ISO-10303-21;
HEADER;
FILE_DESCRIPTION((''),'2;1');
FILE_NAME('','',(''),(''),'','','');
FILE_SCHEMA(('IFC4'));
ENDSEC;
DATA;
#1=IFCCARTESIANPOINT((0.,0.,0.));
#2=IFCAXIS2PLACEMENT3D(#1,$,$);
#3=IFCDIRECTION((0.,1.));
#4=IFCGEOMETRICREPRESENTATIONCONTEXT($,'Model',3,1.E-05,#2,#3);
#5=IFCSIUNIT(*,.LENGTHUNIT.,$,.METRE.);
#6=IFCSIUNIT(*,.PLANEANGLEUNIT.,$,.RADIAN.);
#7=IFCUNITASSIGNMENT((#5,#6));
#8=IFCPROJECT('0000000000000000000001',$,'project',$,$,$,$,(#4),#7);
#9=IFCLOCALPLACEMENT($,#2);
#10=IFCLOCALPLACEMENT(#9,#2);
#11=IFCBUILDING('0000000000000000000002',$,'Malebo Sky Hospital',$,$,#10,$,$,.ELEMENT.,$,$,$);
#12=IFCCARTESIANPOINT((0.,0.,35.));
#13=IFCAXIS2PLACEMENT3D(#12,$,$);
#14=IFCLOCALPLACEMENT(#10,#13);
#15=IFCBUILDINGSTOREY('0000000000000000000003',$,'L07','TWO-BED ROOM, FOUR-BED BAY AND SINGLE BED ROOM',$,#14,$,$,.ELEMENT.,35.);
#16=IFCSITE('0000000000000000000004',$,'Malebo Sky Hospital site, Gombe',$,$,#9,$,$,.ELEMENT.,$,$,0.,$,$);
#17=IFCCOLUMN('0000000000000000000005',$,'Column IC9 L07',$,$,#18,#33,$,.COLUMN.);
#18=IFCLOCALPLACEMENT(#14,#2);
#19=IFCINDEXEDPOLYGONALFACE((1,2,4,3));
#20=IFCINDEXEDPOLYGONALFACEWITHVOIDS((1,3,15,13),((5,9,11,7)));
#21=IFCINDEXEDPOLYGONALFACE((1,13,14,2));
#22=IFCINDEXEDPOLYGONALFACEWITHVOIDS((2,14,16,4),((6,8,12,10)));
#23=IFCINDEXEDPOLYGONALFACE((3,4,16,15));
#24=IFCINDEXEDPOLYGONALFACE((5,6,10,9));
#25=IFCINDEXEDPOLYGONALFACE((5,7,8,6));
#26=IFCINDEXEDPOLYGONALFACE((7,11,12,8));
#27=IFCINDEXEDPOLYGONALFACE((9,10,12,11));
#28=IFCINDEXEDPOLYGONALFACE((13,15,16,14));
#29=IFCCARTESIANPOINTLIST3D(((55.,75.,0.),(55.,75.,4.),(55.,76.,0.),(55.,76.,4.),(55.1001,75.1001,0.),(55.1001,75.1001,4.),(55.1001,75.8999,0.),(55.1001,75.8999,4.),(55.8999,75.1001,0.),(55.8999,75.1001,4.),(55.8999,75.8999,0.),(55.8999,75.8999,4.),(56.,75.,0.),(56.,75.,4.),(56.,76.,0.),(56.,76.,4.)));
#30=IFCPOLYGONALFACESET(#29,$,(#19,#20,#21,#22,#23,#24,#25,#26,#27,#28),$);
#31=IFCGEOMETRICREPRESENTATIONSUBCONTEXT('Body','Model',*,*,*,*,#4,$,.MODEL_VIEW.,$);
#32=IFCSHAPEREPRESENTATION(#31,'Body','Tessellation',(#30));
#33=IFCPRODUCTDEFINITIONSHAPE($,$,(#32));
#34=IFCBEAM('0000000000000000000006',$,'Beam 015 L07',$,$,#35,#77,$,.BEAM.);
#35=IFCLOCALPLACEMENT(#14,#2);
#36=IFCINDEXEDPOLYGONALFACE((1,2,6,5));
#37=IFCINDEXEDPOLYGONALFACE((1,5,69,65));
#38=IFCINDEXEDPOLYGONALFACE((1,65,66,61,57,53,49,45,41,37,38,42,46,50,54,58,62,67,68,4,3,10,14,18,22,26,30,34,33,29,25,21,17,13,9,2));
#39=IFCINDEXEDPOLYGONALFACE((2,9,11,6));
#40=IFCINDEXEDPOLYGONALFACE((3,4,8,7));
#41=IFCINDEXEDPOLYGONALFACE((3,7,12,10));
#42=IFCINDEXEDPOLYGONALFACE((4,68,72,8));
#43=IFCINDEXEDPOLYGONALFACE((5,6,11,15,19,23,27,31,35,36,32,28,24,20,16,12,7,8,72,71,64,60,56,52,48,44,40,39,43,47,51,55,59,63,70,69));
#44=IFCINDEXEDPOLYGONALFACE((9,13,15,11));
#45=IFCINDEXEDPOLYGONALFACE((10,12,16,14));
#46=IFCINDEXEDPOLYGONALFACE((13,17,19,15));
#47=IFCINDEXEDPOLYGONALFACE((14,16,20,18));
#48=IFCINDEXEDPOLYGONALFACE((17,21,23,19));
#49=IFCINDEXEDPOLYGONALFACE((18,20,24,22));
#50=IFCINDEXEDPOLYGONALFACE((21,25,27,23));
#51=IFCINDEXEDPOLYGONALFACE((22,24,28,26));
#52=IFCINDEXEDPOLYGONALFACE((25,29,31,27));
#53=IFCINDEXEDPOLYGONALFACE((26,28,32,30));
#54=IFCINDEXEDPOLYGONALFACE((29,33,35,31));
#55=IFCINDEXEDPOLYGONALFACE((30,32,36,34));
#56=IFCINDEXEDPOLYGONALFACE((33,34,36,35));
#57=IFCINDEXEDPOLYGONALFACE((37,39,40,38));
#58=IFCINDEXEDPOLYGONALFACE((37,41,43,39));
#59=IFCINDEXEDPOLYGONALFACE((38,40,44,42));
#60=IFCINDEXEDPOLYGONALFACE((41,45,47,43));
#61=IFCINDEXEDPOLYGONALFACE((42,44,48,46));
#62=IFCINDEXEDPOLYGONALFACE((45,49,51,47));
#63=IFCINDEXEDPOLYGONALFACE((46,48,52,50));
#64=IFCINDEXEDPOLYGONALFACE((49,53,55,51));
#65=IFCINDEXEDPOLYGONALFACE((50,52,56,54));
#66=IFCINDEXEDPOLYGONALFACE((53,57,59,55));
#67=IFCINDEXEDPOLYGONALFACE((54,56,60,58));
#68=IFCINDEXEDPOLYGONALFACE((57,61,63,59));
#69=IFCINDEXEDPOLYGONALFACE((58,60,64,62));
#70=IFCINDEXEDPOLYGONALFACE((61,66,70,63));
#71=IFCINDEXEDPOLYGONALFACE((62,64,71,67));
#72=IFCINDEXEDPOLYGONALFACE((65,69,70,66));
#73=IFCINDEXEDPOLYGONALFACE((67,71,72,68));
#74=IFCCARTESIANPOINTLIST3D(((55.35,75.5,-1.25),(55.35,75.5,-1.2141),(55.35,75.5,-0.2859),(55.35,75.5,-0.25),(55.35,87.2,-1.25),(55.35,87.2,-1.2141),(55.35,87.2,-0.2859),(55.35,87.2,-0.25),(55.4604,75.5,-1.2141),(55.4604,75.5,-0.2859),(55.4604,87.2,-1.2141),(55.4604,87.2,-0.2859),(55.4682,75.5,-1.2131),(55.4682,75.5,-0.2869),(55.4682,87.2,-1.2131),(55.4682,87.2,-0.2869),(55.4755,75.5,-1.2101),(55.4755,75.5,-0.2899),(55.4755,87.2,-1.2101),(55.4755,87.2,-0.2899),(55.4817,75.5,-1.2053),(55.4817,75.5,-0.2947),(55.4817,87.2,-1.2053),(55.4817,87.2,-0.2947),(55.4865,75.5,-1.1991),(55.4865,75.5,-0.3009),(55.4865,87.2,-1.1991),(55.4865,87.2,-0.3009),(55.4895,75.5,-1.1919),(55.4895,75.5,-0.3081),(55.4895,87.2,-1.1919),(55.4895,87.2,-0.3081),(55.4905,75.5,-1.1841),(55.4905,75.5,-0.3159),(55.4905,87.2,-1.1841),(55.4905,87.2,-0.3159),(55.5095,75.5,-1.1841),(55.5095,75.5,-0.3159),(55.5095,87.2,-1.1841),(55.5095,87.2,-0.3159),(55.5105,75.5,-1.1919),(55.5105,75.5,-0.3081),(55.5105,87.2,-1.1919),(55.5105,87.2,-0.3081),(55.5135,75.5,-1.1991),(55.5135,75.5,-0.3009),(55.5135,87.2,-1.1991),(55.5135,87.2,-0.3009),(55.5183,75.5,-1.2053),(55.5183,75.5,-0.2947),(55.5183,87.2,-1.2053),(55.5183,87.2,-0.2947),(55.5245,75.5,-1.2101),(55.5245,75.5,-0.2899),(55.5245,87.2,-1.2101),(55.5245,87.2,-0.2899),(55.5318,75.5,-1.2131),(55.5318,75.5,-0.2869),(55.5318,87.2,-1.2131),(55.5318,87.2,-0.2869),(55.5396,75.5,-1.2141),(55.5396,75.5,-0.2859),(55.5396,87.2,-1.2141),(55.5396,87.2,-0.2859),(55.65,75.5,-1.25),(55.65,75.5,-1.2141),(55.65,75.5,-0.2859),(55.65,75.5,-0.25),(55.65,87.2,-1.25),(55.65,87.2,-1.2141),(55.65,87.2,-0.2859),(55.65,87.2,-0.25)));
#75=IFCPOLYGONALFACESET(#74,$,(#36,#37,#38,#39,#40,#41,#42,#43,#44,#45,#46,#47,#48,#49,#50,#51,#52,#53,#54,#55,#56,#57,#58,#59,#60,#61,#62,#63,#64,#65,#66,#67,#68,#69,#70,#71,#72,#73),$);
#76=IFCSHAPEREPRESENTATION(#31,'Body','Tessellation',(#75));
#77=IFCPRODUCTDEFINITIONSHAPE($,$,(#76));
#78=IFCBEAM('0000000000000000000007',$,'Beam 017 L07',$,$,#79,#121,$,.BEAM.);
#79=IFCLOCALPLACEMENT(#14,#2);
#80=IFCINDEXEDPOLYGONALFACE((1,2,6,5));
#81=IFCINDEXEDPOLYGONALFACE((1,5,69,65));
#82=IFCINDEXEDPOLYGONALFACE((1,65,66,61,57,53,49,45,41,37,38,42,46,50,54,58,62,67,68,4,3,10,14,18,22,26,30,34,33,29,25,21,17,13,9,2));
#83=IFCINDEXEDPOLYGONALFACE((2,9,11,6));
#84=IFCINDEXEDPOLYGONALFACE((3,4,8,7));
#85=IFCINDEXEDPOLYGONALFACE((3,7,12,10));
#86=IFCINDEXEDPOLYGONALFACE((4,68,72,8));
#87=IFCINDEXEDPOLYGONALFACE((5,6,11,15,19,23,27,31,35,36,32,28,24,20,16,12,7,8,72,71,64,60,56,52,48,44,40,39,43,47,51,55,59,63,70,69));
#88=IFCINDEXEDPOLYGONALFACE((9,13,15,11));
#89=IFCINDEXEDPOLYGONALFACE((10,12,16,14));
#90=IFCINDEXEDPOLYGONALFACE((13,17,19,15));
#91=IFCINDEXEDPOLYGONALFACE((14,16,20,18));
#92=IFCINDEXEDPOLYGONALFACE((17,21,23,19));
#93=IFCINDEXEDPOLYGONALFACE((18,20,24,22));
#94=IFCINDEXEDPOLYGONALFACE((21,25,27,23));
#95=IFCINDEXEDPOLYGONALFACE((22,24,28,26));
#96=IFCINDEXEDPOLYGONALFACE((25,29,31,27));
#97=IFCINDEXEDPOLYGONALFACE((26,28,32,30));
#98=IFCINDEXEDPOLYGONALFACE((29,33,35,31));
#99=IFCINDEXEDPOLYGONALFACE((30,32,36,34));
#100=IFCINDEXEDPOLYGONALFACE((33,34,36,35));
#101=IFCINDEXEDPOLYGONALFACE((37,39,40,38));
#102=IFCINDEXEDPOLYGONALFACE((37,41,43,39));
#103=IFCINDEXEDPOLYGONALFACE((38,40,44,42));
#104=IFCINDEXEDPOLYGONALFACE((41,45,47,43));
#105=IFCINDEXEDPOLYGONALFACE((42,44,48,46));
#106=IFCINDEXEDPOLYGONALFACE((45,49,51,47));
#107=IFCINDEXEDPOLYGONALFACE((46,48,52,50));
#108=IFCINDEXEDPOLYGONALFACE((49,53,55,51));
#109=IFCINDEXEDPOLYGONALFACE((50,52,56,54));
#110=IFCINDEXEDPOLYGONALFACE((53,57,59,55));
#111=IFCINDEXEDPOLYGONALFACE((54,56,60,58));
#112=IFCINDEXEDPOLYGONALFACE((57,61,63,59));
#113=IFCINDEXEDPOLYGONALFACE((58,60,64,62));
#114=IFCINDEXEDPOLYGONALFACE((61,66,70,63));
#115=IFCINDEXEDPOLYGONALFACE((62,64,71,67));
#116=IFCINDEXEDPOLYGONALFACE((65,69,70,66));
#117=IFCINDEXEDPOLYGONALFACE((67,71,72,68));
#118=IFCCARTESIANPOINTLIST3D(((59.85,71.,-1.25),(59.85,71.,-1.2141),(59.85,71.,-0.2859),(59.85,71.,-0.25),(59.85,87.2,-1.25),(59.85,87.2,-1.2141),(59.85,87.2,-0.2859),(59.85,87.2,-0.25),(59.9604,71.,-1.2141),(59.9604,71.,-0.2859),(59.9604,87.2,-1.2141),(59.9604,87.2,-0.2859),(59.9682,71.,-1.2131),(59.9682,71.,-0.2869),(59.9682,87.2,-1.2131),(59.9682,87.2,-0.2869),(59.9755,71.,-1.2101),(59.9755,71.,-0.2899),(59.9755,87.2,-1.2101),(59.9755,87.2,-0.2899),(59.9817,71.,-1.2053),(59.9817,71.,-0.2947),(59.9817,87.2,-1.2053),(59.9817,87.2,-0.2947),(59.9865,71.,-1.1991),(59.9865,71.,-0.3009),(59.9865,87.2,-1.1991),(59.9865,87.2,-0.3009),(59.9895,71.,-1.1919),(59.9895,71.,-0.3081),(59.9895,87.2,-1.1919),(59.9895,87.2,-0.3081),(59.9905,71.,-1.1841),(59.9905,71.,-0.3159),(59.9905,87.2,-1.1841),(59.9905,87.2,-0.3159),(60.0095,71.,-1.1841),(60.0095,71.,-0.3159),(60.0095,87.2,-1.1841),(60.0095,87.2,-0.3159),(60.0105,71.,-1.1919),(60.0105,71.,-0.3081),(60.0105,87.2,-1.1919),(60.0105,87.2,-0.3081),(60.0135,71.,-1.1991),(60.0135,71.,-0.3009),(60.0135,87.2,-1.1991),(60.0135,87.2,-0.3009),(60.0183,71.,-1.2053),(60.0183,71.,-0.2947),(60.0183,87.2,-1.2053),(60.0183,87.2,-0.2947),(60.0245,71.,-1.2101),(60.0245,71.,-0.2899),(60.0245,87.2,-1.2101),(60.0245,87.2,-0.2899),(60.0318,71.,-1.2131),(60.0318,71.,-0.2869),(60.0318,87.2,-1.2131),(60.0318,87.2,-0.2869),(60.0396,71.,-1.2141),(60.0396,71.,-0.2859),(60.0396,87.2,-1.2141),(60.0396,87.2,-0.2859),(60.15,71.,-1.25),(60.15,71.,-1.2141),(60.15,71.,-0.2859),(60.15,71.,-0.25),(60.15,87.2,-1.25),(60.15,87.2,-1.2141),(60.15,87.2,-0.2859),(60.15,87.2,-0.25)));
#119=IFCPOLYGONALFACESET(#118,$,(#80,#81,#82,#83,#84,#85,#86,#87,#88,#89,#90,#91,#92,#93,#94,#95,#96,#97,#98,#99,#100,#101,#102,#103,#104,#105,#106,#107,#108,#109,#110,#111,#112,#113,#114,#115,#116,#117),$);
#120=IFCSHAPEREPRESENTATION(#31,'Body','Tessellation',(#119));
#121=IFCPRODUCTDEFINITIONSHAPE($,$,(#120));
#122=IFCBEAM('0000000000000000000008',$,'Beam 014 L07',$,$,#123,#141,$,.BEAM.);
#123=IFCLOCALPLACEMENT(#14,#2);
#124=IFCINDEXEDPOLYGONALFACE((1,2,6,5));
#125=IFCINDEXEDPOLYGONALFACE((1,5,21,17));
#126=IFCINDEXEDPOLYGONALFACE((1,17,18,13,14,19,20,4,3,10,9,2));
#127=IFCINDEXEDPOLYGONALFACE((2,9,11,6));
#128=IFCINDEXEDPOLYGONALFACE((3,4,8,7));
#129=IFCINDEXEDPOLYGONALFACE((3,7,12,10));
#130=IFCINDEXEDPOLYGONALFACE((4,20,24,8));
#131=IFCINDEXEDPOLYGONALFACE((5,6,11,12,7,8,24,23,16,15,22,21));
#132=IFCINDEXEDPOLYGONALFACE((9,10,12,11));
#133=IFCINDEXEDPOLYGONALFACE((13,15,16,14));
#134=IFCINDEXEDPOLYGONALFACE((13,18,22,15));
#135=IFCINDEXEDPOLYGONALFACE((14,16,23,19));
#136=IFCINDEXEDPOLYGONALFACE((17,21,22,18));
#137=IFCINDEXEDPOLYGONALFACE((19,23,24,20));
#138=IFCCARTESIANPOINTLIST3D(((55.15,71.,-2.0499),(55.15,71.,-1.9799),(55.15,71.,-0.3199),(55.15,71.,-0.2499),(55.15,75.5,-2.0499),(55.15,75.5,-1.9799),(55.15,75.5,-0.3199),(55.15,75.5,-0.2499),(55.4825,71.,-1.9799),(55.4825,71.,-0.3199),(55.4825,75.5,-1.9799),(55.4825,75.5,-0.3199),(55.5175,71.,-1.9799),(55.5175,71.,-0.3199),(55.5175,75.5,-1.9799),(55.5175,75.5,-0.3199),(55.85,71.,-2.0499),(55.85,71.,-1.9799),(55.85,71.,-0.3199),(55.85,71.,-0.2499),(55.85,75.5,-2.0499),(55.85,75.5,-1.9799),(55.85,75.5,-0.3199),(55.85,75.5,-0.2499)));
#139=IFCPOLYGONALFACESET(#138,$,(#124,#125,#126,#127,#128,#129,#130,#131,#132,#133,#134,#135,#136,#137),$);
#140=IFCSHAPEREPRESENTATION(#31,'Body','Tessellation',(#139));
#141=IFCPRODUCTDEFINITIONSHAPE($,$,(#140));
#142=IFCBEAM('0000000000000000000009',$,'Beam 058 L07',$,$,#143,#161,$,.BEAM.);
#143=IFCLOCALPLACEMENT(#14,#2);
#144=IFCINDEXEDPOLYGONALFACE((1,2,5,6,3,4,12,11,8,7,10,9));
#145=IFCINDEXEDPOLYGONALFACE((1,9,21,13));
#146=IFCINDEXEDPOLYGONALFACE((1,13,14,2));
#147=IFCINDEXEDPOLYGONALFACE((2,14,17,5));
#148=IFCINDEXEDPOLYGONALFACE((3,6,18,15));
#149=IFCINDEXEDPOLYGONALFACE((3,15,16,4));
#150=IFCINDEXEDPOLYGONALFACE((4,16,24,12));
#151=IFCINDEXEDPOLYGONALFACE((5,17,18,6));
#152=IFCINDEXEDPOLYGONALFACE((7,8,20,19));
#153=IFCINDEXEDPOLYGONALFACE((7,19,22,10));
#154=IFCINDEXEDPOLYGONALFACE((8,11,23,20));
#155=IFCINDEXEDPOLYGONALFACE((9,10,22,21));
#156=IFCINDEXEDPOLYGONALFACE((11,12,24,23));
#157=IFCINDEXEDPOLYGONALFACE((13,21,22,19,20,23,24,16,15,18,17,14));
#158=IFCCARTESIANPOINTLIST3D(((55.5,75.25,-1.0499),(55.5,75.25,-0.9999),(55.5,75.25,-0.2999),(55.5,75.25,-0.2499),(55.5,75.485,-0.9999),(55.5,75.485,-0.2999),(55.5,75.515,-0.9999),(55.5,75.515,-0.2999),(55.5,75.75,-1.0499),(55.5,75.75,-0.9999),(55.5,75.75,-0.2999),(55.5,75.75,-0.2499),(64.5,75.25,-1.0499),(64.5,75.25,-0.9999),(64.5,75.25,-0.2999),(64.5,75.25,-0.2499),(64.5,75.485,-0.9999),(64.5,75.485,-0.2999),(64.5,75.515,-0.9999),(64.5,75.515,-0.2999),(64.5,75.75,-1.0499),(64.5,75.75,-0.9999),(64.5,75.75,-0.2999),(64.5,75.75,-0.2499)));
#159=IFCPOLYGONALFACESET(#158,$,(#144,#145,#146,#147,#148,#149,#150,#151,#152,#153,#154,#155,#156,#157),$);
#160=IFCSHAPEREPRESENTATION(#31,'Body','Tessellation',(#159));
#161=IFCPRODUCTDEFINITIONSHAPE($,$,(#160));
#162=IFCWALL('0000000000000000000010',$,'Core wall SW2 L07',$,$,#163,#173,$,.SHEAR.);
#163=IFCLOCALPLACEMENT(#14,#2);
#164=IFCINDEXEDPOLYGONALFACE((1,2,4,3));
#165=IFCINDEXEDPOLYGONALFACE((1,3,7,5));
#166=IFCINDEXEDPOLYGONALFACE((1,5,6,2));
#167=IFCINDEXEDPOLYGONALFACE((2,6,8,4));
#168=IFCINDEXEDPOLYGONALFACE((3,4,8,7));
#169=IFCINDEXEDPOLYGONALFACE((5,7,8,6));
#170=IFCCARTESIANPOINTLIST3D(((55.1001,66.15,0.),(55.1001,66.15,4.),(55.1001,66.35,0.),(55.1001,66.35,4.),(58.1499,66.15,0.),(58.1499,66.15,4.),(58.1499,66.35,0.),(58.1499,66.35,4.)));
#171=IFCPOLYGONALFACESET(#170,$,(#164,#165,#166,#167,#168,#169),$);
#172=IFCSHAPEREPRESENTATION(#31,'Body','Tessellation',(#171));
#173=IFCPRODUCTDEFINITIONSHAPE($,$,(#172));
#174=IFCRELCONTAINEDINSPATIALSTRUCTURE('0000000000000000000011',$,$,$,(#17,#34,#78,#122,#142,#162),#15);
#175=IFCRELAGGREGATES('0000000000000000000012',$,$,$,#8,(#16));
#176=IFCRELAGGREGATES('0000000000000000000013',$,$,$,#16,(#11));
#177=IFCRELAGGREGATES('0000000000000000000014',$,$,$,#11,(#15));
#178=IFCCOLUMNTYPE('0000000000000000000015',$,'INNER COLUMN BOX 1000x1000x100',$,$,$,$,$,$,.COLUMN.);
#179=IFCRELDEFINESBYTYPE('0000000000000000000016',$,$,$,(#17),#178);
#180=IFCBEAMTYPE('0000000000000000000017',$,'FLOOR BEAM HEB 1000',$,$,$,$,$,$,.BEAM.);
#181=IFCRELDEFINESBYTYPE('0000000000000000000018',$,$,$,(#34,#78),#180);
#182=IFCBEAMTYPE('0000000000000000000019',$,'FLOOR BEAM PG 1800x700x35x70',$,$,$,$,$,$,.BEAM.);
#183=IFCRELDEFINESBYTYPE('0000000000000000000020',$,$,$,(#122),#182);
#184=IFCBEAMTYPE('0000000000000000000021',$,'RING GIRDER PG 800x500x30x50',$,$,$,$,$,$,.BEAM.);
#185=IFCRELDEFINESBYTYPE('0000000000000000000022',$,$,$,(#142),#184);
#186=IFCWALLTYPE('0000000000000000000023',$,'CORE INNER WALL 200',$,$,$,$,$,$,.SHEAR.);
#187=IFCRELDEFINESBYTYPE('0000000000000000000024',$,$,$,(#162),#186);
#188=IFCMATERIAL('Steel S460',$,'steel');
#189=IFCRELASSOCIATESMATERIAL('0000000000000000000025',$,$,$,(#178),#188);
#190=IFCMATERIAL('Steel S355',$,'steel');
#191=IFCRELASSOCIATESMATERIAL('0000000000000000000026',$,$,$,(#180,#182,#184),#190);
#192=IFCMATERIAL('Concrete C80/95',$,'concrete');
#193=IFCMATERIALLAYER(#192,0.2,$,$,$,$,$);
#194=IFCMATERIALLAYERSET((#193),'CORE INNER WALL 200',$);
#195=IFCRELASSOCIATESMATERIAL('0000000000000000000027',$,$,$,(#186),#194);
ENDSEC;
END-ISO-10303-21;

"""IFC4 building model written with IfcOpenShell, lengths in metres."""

from ifc_helpers import new_model, si_unit, direction, frame, frame_2d, origin, origin_2d, place, context, subcontext, project, spatial, rectangle, hollow_rectangle, i_section, extrude, material, layer, layer_set, material_profile, profile_set, type_object, element, save


model = new_model("IFC4")

# Units and contexts
model_context = context("Model", 3, precision=1e-05, world=origin(), true_north=direction((0.0, 1.0)))
body_context = subcontext(model_context, "Body", "Model", "MODEL_VIEW")
ifc_project = project(units=[si_unit("LENGTHUNIT", "METRE"), si_unit("PLANEANGLEUNIT", "RADIAN")], contexts=[model_context])

# Site, building, storey
site_placement = place(None, origin())
site = spatial("IfcSite", under=ifc_project, at=site_placement, Name="Malebo Sky Hospital site, Gombe", CompositionType="ELEMENT", RefElevation=0.0)
building_placement = place(site_placement, origin())
building = spatial("IfcBuilding", under=site, at=building_placement, Name="Malebo Sky Hospital", CompositionType="ELEMENT")
storey_placement = place(building_placement, frame((0.0, 0.0, 35.0)))
storey = spatial("IfcBuildingStorey", under=building, at=storey_placement, Name="L07", Description="TWO-BED ROOM, FOUR-BED BAY AND SINGLE BED ROOM", CompositionType="ELEMENT", Elevation=35.0)

# Column
ifc_material_1 = material(Name="Steel S460", Category="steel")
ifc_material_profile_1 = material_profile(ifc_material_1, hollow_rectangle(XDim=1.0, YDim=1.0, WallThickness=0.1001, at=origin_2d()), Name="BOX 1000x1000x100")
ifc_profile_set_1 = profile_set([ifc_material_profile_1], Name="Steel S460")
column_type = type_object("IfcColumnType", Name="INNER COLUMN BOX 1000x1000x100", PredefinedType="COLUMN", material=ifc_profile_set_1)
column_placement = place(storey_placement, frame((55.5, 75.5, 0.0), z_axis=(0.0, 0.0, 1.0), x_axis=(1.0, 0.0, 0.0)))
element("IfcColumn", 1, at=column_placement, inside=storey, type_object=column_type, Name="Column IC9 L07", PredefinedType="COLUMN", context=body_context, shape_type="SweptSolid", body=[
    extrude(hollow_rectangle(XDim=1.0, YDim=1.0, WallThickness=0.1001, at=origin_2d()), origin(), (0.0, 0.0, 1.0), 4.0),
])

# Beams
ifc_material_2 = material(Name="Steel S355", Category="steel")
ifc_material_profile_2 = material_profile(ifc_material_2, i_section(OverallWidth=0.3, OverallDepth=1.0, WebThickness=0.019, FlangeThickness=0.0359, FilletRadius=0.03, at=origin_2d()), Name="HEB 1000")
ifc_profile_set_2 = profile_set([ifc_material_profile_2], Name="Steel S355")
beam_type_1 = type_object("IfcBeamType", Name="FLOOR BEAM HEB 1000", PredefinedType="BEAM", material=ifc_profile_set_2)
beam_1_placement = place(storey_placement, frame((55.5, 75.5, -0.75), z_axis=(0.0, 1.0, 0.0), x_axis=(-1.0, 0.0, 0.0)))
element("IfcBeam", 2, at=beam_1_placement, inside=storey, type_object=beam_type_1, Name="Beam 015 L07", PredefinedType="BEAM", context=body_context, shape_type="SweptSolid", body=[
    extrude(i_section(OverallWidth=0.3, OverallDepth=1.0, WebThickness=0.019, FlangeThickness=0.0359, FilletRadius=0.03, at=origin_2d()), origin(), (0.0, 0.0, 1.0), 11.7),
])
beam_2_placement = place(storey_placement, frame((60.0, 71.0, -0.75), z_axis=(0.0, 1.0, 0.0), x_axis=(-1.0, 0.0, 0.0)))
element("IfcBeam", 3, at=beam_2_placement, inside=storey, type_object=beam_type_1, Name="Beam 017 L07", PredefinedType="BEAM", context=body_context, shape_type="SweptSolid", body=[
    extrude(i_section(OverallWidth=0.3, OverallDepth=1.0, WebThickness=0.019, FlangeThickness=0.0359, FilletRadius=0.03, at=origin_2d()), origin(), (0.0, 0.0, 1.0), 16.2),
])
ifc_material_profile_3 = material_profile(ifc_material_2, i_section(OverallWidth=0.7, OverallDepth=1.8, WebThickness=0.0349, FlangeThickness=0.0701, at=origin_2d()), Name="PG 1800x700x35x70")
ifc_profile_set_3 = profile_set([ifc_material_profile_3], Name="Steel S355")
beam_type_2 = type_object("IfcBeamType", Name="FLOOR BEAM PG 1800x700x35x70", PredefinedType="BEAM", material=ifc_profile_set_3)
beam_3_placement = place(storey_placement, frame((55.5, 71.0, -1.1499), z_axis=(0.0, 1.0, 0.0), x_axis=(-1.0, 0.0, 0.0)))
element("IfcBeam", 4, at=beam_3_placement, inside=storey, type_object=beam_type_2, Name="Beam 014 L07", PredefinedType="BEAM", context=body_context, shape_type="SweptSolid", body=[
    extrude(i_section(OverallWidth=0.7, OverallDepth=1.8, WebThickness=0.0349, FlangeThickness=0.0701, at=origin_2d()), origin(), (0.0, 0.0, 1.0), 4.5),
])
ifc_material_profile_4 = material_profile(ifc_material_2, i_section(OverallWidth=0.5, OverallDepth=0.8, WebThickness=0.03, FlangeThickness=0.05, at=origin_2d()), Name="PG 800x500x30x50")
ifc_profile_set_4 = profile_set([ifc_material_profile_4], Name="Steel S355")
beam_type_3 = type_object("IfcBeamType", Name="RING GIRDER PG 800x500x30x50", PredefinedType="BEAM", material=ifc_profile_set_4)
beam_4_placement = place(storey_placement, frame((55.5, 75.5, -0.6499), z_axis=(1.0, 0.0, 0.0), x_axis=(0.0, 1.0, 0.0)))
element("IfcBeam", 5, at=beam_4_placement, inside=storey, type_object=beam_type_3, Name="Beam 058 L07", PredefinedType="BEAM", context=body_context, shape_type="SweptSolid", body=[
    extrude(i_section(OverallWidth=0.5, OverallDepth=0.8, WebThickness=0.03, FlangeThickness=0.05, at=origin_2d()), origin(), (0.0, 0.0, 1.0), 9.0),
])

# Wall
ifc_material_3 = material(Name="Concrete C80/95", Category="concrete")
ifc_layer_1 = layer(ifc_material_3, 0.2)
ifc_layer_set_1 = layer_set([ifc_layer_1], Name="CORE INNER WALL 200")
wall_type_1 = type_object("IfcWallType", Name="CORE INNER WALL 200", PredefinedType="SHEAR", material=ifc_layer_set_1)
wall_1_placement = place(storey_placement, frame((55.1001, 66.25, 0.0), z_axis=(0.0, 0.0, 1.0), x_axis=(1.0, 0.0, 0.0)))
element("IfcWall", 6, at=wall_1_placement, inside=storey, type_object=wall_type_1, Name="Core wall SW2 L07", PredefinedType="SHEAR", context=body_context, shape_type="SweptSolid", body=[
    extrude(rectangle(XDim=3.0498, YDim=0.2, at=frame_2d((1.5249, 0.0))), origin(), (0.0, 0.0, 1.0), 4.0),
])

save(model, "model.ifc")
